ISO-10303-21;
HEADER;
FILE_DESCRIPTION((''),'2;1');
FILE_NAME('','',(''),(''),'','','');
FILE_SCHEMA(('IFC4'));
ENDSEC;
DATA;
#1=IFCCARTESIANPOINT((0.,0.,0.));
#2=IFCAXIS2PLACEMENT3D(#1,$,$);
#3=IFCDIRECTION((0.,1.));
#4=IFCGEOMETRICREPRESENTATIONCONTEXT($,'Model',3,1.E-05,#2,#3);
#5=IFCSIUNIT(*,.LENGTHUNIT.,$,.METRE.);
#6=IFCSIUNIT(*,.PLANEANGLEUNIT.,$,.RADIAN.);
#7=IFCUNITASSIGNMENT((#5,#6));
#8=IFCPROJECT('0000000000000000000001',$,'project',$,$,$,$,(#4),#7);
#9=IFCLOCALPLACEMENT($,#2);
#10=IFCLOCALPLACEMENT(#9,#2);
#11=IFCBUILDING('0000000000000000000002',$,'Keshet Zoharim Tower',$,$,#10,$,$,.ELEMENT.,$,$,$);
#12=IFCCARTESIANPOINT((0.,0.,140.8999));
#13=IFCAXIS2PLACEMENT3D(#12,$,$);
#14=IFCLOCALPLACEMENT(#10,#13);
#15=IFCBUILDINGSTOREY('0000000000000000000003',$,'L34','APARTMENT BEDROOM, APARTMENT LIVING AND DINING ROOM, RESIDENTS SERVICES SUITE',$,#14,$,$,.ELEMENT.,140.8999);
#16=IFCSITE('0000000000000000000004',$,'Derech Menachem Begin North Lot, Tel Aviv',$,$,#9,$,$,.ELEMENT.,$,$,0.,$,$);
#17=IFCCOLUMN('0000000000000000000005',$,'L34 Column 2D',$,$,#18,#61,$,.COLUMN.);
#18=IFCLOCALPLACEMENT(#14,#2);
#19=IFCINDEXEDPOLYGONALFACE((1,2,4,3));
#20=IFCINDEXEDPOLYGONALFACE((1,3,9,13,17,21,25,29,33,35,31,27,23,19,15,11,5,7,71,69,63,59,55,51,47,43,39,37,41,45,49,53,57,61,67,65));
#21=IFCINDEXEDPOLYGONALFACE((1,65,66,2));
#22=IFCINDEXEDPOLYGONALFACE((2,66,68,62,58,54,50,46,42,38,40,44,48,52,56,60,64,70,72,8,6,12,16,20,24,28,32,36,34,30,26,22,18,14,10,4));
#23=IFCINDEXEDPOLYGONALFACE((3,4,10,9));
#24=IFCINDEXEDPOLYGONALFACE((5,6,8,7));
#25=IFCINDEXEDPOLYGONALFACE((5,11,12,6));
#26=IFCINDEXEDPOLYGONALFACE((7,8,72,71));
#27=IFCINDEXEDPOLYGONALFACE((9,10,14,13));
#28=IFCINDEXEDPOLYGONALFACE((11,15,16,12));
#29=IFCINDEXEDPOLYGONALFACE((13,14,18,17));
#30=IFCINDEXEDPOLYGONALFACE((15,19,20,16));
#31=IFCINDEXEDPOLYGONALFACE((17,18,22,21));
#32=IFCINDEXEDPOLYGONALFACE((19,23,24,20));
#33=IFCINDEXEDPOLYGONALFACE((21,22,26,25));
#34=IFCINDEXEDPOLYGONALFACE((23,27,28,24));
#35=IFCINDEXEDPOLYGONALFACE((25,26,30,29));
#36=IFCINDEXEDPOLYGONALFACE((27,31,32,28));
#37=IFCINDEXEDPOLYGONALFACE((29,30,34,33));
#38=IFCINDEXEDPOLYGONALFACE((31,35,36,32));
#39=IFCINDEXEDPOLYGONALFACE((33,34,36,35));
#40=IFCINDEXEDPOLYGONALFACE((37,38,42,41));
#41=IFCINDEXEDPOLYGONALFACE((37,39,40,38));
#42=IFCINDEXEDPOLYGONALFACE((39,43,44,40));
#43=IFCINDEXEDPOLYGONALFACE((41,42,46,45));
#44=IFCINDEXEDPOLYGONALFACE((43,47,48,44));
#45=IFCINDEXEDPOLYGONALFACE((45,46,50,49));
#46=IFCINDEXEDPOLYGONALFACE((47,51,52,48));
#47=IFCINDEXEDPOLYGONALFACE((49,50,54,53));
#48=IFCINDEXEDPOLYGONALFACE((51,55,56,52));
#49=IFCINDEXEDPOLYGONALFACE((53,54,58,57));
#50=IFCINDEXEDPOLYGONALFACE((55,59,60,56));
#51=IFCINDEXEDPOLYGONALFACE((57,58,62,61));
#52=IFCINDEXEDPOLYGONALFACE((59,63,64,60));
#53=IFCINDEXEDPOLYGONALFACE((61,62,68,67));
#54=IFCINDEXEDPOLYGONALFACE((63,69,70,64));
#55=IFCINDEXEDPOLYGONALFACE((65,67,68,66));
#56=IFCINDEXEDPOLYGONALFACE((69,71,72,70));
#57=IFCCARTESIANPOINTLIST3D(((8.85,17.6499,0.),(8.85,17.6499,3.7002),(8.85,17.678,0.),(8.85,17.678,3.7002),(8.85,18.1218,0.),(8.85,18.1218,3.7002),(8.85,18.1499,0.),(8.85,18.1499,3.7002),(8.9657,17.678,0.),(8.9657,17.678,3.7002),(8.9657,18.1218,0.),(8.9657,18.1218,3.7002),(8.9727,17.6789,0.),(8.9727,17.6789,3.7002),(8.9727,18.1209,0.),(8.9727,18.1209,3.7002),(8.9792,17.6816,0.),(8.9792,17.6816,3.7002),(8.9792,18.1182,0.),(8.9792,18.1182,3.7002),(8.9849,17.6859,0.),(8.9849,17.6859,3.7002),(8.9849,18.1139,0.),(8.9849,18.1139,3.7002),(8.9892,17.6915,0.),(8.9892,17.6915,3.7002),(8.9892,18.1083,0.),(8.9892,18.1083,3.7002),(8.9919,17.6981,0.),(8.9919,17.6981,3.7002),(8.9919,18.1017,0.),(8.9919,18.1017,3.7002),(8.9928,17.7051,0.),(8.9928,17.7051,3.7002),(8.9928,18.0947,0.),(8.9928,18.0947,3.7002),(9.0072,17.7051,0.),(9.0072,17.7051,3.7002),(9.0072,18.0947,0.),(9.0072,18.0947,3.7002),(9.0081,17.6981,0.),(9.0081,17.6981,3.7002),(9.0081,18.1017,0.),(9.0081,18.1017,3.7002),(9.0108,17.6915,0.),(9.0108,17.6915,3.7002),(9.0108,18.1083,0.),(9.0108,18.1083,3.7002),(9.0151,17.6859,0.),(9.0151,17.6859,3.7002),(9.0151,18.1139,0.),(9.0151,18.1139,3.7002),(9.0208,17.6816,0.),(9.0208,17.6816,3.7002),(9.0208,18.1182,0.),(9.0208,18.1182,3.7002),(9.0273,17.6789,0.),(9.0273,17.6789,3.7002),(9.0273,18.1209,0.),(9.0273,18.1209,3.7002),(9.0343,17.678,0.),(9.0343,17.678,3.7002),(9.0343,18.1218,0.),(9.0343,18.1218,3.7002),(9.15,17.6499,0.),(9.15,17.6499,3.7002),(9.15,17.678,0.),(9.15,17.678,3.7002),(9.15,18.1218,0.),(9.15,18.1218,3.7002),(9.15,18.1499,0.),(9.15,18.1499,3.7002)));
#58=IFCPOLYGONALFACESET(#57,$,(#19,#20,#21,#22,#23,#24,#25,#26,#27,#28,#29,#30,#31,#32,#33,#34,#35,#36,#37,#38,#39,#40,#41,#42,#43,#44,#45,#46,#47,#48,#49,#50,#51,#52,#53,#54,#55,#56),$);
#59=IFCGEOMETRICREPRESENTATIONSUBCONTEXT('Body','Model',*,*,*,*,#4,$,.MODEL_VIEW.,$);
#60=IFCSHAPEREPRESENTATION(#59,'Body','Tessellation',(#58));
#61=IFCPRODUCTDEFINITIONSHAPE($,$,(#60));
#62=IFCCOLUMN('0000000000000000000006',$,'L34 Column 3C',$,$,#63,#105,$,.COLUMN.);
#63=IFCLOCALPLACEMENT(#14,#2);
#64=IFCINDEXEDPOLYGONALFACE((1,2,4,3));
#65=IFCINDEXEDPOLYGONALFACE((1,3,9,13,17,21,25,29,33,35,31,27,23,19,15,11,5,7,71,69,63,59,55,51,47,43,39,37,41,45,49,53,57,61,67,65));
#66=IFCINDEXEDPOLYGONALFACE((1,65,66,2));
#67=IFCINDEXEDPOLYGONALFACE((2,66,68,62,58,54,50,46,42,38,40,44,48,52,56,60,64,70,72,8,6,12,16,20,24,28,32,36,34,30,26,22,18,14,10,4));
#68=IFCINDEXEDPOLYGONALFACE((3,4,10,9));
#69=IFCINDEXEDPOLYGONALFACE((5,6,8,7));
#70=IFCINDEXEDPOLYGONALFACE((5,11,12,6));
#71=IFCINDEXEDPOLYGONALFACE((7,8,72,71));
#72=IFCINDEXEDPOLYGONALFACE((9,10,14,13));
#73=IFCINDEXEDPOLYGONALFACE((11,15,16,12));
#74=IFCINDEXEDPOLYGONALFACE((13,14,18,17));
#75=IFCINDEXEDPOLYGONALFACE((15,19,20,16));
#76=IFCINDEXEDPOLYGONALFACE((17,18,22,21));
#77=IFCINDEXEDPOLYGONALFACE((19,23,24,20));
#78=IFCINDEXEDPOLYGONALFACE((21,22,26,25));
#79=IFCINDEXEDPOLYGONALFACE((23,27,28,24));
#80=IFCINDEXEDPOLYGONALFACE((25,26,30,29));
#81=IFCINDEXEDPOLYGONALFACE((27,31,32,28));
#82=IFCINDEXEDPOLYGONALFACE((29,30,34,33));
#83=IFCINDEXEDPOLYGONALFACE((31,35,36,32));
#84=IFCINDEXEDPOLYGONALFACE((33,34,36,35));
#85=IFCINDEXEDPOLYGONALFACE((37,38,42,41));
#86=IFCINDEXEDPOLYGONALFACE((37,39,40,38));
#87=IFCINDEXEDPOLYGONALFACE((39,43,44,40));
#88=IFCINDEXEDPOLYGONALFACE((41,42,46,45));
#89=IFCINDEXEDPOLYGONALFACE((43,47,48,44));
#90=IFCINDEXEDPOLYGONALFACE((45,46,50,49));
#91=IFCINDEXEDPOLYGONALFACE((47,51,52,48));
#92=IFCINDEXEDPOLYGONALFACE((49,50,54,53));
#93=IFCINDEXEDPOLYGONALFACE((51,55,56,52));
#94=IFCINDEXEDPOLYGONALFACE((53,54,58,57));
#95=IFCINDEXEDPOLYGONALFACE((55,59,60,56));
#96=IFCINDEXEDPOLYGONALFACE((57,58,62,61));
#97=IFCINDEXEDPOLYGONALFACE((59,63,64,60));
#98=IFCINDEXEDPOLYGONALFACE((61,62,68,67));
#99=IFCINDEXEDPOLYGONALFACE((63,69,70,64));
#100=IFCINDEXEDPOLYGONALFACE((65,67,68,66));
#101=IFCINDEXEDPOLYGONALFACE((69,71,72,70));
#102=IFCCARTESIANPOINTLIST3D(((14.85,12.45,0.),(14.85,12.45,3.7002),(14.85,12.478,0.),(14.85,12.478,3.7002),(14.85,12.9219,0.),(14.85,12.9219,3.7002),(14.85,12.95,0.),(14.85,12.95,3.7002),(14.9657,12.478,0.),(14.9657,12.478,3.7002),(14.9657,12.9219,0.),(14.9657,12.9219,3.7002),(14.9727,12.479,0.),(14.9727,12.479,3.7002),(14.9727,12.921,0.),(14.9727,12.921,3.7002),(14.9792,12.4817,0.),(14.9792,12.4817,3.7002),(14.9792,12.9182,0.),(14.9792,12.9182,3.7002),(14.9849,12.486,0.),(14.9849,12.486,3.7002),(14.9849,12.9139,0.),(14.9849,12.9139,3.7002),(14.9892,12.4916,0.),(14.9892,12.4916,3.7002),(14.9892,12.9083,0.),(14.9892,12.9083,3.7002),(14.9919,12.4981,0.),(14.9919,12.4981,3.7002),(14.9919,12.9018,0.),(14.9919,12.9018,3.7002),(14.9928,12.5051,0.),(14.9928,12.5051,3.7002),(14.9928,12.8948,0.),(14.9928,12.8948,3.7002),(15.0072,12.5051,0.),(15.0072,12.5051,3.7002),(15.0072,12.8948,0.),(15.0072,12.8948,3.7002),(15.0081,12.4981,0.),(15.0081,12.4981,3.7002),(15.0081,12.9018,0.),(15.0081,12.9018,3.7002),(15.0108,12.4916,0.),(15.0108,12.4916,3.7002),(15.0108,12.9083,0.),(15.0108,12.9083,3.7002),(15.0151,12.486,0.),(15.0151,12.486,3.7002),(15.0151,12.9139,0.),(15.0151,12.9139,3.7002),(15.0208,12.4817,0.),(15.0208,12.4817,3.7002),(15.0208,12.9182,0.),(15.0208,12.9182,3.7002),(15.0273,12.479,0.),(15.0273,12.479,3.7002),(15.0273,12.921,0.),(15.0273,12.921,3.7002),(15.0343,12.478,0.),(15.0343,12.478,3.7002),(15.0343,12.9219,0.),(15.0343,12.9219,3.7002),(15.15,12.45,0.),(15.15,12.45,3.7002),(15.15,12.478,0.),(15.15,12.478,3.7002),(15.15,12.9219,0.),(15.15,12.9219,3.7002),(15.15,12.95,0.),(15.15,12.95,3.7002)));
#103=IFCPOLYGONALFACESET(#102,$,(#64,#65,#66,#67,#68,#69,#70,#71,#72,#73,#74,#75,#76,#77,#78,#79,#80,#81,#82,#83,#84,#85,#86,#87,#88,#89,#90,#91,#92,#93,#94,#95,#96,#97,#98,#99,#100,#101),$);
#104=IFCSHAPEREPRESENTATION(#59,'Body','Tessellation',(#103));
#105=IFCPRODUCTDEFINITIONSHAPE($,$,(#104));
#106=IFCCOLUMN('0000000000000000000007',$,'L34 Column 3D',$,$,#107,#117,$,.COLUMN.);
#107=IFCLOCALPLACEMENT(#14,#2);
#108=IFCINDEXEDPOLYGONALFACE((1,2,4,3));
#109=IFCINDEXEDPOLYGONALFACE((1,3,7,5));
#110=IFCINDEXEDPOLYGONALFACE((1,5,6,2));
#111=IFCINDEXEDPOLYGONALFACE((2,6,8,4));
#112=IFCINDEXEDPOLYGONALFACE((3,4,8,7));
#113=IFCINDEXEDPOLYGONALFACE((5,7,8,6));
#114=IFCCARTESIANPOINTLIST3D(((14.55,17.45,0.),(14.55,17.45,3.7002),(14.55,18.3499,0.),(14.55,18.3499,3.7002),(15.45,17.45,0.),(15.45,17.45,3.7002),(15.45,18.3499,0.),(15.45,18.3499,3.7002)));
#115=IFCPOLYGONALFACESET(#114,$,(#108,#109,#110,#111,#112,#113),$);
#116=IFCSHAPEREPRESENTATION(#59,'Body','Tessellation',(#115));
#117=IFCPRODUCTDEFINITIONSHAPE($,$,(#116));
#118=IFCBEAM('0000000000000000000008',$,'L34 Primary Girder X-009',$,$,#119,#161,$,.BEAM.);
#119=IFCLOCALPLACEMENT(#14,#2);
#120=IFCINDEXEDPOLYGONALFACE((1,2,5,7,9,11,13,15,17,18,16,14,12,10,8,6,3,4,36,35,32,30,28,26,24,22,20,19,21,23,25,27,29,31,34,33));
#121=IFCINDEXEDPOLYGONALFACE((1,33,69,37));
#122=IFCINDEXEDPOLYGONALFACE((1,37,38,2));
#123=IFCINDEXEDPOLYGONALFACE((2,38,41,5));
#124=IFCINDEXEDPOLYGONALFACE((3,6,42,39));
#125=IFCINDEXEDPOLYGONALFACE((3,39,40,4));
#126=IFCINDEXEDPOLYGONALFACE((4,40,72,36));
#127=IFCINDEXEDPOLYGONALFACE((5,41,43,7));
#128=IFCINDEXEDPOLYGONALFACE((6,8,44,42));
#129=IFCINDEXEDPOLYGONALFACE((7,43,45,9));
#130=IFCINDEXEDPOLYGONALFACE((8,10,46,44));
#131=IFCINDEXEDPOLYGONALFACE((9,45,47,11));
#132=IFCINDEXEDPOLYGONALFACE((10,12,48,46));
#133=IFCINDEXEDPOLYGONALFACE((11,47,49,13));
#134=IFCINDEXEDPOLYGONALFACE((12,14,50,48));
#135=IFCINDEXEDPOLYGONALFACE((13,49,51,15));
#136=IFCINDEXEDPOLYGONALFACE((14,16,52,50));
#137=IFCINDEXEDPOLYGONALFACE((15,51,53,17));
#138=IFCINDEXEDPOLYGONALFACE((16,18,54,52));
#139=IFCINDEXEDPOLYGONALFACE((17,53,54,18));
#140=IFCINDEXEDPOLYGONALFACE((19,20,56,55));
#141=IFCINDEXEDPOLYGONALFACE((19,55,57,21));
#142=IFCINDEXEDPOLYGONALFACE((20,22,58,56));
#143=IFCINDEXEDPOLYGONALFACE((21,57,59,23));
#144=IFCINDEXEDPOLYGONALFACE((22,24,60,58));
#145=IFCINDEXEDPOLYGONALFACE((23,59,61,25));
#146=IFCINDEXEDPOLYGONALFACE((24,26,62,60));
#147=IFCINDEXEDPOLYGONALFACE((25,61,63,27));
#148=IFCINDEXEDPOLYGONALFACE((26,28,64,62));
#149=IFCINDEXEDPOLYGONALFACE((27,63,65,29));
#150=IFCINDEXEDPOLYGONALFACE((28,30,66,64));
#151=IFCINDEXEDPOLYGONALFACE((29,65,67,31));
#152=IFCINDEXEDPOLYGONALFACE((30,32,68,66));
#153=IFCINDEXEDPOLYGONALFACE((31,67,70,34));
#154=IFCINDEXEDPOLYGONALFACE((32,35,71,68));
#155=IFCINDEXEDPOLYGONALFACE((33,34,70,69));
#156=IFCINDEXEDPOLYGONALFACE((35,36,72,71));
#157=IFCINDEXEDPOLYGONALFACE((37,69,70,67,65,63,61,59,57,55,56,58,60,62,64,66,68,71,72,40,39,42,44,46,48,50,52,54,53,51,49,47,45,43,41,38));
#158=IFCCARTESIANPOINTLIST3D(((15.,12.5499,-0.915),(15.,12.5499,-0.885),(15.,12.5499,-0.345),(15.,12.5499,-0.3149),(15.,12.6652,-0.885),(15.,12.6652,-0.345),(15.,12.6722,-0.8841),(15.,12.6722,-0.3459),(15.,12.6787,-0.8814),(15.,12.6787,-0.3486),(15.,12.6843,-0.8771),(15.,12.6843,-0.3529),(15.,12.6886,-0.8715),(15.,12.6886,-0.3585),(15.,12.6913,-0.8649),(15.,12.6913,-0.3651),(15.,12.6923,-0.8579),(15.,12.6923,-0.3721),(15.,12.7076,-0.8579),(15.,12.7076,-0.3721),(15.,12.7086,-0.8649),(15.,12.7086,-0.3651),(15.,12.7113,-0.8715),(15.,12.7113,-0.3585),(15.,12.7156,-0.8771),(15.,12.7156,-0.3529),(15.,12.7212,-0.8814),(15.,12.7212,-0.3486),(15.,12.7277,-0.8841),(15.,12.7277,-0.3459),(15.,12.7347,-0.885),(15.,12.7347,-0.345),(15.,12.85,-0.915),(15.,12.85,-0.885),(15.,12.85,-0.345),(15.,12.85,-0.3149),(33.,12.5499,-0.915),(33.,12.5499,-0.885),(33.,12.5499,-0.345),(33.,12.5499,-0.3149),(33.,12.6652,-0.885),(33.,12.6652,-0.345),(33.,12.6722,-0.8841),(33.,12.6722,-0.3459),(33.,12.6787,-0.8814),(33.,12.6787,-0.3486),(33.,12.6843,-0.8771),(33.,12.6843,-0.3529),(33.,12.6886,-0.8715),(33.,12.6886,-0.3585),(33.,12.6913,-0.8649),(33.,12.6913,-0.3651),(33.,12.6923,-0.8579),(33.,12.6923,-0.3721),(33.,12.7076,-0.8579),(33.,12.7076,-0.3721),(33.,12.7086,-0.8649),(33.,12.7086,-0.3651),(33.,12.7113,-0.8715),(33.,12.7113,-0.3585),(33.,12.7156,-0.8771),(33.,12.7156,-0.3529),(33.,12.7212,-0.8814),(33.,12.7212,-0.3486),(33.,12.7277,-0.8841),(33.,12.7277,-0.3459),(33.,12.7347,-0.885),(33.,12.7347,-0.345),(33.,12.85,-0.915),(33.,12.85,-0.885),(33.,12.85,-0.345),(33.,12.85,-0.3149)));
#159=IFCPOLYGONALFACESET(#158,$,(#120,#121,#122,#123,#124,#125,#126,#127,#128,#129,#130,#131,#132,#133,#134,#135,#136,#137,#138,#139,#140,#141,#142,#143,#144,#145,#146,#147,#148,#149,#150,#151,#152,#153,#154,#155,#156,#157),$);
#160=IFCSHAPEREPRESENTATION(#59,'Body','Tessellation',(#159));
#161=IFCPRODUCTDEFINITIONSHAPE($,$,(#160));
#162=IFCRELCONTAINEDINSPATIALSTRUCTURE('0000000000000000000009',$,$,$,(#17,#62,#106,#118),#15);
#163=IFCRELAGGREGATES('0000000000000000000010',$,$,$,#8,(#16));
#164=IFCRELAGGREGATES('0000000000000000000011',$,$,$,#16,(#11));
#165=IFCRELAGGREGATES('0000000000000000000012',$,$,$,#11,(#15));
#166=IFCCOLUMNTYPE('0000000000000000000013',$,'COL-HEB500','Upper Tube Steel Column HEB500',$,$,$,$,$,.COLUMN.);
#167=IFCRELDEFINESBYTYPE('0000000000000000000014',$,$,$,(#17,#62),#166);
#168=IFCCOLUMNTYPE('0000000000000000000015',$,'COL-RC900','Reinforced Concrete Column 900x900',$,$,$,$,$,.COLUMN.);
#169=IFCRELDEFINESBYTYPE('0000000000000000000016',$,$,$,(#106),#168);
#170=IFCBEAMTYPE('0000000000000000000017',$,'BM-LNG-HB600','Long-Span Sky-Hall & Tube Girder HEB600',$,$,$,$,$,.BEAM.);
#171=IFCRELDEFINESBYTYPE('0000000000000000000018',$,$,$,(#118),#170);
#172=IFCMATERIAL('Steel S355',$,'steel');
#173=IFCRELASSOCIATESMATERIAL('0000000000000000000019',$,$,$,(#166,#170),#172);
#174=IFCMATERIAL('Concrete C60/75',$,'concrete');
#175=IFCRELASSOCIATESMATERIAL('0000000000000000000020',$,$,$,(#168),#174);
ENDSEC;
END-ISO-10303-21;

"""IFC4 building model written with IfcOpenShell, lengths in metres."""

from ifc_helpers import new_model, si_unit, direction, frame, origin, origin_2d, place, context, subcontext, project, spatial, rectangle, i_section, extrude, material, material_profile, profile_set, type_object, element, save


model = new_model("IFC4")

# Units and contexts
model_context = context("Model", 3, precision=1e-05, world=origin(), true_north=direction((0.0, 1.0)))
body_context = subcontext(model_context, "Body", "Model", "MODEL_VIEW")
ifc_project = project(units=[si_unit("LENGTHUNIT", "METRE"), si_unit("PLANEANGLEUNIT", "RADIAN")], contexts=[model_context])

# Site, building, storey
site_placement = place(None, origin())
site = spatial("IfcSite", under=ifc_project, at=site_placement, Name="Derech Menachem Begin North Lot, Tel Aviv", CompositionType="ELEMENT", RefElevation=0.0)
building_placement = place(site_placement, origin())
building = spatial("IfcBuilding", under=site, at=building_placement, Name="Keshet Zoharim Tower", CompositionType="ELEMENT")
storey_placement = place(building_placement, frame((0.0, 0.0, 140.8999)))
storey = spatial("IfcBuildingStorey", under=building, at=storey_placement, Name="L34", Description="APARTMENT BEDROOM, APARTMENT LIVING AND DINING ROOM, RESIDENTS SERVICES SUITE", CompositionType="ELEMENT", Elevation=140.8999)

# Columns
ifc_material_1 = material(Name="Steel S355", Category="steel")
ifc_material_profile_1 = material_profile(ifc_material_1, i_section(OverallWidth=0.3, OverallDepth=0.5, WebThickness=0.0144, FlangeThickness=0.0281, FilletRadius=0.0271, at=origin_2d()), Name="HEB500")
ifc_profile_set_1 = profile_set([ifc_material_profile_1], Name="Steel S355")
column_type_1 = type_object("IfcColumnType", Name="COL-HEB500", Description="Upper Tube Steel Column HEB500", PredefinedType="COLUMN", material=ifc_profile_set_1)
for number, where, z_axis, x_axis, name in (
    (1, (9.0, 17.8999, 0.0), (0.0, 0.0, 1.0), (1.0, 0.0, 0.0), "L34 Column 2D"),
    (2, (15.0, 12.7, 0.0), (0.0, 0.0, 1.0), (1.0, 0.0, 0.0), "L34 Column 3C"),
):
    element("IfcColumn", number, at=place(storey_placement, frame(where, z_axis=z_axis, x_axis=x_axis)), inside=storey, type_object=column_type_1, Name=name, PredefinedType="COLUMN", context=body_context, shape_type="SweptSolid", body=[
        extrude(i_section(OverallWidth=0.3, OverallDepth=0.5, WebThickness=0.0144, FlangeThickness=0.0281, FilletRadius=0.0271, at=origin_2d()), origin(), (0.0, 0.0, 1.0), 3.7002),
    ])
ifc_material_2 = material(Name="Concrete C60/75", Category="concrete")
ifc_material_profile_2 = material_profile(ifc_material_2, rectangle(XDim=0.8999, YDim=0.8999, at=origin_2d()), Name="RC900x900")
ifc_profile_set_2 = profile_set([ifc_material_profile_2], Name="Concrete C60/75")
column_type_2 = type_object("IfcColumnType", Name="COL-RC900", Description="Reinforced Concrete Column 900x900", PredefinedType="COLUMN", material=ifc_profile_set_2)
column_placement = place(storey_placement, frame((15.0, 17.8999, 0.0), z_axis=(0.0, 0.0, 1.0), x_axis=(1.0, 0.0, 0.0)))
element("IfcColumn", 3, at=column_placement, inside=storey, type_object=column_type_2, Name="L34 Column 3D", PredefinedType="COLUMN", context=body_context, shape_type="SweptSolid", body=[
    extrude(rectangle(XDim=0.8999, YDim=0.8999, at=origin_2d()), origin(), (0.0, 0.0, 1.0), 3.7002),
])

# Beam
ifc_material_profile_3 = material_profile(ifc_material_1, i_section(OverallWidth=0.3, OverallDepth=0.6001, WebThickness=0.0154, FlangeThickness=0.03, FilletRadius=0.0271, at=origin_2d()), Name="HEB600")
ifc_profile_set_3 = profile_set([ifc_material_profile_3], Name="Steel S355")
beam_type_1 = type_object("IfcBeamType", Name="BM-LNG-HB600", Description="Long-Span Sky-Hall & Tube Girder HEB600", PredefinedType="BEAM", material=ifc_profile_set_3)
for number, where, z_axis, x_axis, name in (
    (4, (15.0, 12.7, -0.615), (1.0, 0.0, 0.0), (0.0, 1.0, 0.0), "L34 Primary Girder X-009"),
):
    element("IfcBeam", number, at=place(storey_placement, frame(where, z_axis=z_axis, x_axis=x_axis)), inside=storey, type_object=beam_type_1, Name=name, PredefinedType="BEAM", context=body_context, shape_type="SweptSolid", body=[
        extrude(i_section(OverallWidth=0.3, OverallDepth=0.6001, WebThickness=0.0154, FlangeThickness=0.03, FilletRadius=0.0271, at=origin_2d()), origin(), (0.0, 0.0, 1.0), 18.0),
    ])

save(model, "model.ifc")
